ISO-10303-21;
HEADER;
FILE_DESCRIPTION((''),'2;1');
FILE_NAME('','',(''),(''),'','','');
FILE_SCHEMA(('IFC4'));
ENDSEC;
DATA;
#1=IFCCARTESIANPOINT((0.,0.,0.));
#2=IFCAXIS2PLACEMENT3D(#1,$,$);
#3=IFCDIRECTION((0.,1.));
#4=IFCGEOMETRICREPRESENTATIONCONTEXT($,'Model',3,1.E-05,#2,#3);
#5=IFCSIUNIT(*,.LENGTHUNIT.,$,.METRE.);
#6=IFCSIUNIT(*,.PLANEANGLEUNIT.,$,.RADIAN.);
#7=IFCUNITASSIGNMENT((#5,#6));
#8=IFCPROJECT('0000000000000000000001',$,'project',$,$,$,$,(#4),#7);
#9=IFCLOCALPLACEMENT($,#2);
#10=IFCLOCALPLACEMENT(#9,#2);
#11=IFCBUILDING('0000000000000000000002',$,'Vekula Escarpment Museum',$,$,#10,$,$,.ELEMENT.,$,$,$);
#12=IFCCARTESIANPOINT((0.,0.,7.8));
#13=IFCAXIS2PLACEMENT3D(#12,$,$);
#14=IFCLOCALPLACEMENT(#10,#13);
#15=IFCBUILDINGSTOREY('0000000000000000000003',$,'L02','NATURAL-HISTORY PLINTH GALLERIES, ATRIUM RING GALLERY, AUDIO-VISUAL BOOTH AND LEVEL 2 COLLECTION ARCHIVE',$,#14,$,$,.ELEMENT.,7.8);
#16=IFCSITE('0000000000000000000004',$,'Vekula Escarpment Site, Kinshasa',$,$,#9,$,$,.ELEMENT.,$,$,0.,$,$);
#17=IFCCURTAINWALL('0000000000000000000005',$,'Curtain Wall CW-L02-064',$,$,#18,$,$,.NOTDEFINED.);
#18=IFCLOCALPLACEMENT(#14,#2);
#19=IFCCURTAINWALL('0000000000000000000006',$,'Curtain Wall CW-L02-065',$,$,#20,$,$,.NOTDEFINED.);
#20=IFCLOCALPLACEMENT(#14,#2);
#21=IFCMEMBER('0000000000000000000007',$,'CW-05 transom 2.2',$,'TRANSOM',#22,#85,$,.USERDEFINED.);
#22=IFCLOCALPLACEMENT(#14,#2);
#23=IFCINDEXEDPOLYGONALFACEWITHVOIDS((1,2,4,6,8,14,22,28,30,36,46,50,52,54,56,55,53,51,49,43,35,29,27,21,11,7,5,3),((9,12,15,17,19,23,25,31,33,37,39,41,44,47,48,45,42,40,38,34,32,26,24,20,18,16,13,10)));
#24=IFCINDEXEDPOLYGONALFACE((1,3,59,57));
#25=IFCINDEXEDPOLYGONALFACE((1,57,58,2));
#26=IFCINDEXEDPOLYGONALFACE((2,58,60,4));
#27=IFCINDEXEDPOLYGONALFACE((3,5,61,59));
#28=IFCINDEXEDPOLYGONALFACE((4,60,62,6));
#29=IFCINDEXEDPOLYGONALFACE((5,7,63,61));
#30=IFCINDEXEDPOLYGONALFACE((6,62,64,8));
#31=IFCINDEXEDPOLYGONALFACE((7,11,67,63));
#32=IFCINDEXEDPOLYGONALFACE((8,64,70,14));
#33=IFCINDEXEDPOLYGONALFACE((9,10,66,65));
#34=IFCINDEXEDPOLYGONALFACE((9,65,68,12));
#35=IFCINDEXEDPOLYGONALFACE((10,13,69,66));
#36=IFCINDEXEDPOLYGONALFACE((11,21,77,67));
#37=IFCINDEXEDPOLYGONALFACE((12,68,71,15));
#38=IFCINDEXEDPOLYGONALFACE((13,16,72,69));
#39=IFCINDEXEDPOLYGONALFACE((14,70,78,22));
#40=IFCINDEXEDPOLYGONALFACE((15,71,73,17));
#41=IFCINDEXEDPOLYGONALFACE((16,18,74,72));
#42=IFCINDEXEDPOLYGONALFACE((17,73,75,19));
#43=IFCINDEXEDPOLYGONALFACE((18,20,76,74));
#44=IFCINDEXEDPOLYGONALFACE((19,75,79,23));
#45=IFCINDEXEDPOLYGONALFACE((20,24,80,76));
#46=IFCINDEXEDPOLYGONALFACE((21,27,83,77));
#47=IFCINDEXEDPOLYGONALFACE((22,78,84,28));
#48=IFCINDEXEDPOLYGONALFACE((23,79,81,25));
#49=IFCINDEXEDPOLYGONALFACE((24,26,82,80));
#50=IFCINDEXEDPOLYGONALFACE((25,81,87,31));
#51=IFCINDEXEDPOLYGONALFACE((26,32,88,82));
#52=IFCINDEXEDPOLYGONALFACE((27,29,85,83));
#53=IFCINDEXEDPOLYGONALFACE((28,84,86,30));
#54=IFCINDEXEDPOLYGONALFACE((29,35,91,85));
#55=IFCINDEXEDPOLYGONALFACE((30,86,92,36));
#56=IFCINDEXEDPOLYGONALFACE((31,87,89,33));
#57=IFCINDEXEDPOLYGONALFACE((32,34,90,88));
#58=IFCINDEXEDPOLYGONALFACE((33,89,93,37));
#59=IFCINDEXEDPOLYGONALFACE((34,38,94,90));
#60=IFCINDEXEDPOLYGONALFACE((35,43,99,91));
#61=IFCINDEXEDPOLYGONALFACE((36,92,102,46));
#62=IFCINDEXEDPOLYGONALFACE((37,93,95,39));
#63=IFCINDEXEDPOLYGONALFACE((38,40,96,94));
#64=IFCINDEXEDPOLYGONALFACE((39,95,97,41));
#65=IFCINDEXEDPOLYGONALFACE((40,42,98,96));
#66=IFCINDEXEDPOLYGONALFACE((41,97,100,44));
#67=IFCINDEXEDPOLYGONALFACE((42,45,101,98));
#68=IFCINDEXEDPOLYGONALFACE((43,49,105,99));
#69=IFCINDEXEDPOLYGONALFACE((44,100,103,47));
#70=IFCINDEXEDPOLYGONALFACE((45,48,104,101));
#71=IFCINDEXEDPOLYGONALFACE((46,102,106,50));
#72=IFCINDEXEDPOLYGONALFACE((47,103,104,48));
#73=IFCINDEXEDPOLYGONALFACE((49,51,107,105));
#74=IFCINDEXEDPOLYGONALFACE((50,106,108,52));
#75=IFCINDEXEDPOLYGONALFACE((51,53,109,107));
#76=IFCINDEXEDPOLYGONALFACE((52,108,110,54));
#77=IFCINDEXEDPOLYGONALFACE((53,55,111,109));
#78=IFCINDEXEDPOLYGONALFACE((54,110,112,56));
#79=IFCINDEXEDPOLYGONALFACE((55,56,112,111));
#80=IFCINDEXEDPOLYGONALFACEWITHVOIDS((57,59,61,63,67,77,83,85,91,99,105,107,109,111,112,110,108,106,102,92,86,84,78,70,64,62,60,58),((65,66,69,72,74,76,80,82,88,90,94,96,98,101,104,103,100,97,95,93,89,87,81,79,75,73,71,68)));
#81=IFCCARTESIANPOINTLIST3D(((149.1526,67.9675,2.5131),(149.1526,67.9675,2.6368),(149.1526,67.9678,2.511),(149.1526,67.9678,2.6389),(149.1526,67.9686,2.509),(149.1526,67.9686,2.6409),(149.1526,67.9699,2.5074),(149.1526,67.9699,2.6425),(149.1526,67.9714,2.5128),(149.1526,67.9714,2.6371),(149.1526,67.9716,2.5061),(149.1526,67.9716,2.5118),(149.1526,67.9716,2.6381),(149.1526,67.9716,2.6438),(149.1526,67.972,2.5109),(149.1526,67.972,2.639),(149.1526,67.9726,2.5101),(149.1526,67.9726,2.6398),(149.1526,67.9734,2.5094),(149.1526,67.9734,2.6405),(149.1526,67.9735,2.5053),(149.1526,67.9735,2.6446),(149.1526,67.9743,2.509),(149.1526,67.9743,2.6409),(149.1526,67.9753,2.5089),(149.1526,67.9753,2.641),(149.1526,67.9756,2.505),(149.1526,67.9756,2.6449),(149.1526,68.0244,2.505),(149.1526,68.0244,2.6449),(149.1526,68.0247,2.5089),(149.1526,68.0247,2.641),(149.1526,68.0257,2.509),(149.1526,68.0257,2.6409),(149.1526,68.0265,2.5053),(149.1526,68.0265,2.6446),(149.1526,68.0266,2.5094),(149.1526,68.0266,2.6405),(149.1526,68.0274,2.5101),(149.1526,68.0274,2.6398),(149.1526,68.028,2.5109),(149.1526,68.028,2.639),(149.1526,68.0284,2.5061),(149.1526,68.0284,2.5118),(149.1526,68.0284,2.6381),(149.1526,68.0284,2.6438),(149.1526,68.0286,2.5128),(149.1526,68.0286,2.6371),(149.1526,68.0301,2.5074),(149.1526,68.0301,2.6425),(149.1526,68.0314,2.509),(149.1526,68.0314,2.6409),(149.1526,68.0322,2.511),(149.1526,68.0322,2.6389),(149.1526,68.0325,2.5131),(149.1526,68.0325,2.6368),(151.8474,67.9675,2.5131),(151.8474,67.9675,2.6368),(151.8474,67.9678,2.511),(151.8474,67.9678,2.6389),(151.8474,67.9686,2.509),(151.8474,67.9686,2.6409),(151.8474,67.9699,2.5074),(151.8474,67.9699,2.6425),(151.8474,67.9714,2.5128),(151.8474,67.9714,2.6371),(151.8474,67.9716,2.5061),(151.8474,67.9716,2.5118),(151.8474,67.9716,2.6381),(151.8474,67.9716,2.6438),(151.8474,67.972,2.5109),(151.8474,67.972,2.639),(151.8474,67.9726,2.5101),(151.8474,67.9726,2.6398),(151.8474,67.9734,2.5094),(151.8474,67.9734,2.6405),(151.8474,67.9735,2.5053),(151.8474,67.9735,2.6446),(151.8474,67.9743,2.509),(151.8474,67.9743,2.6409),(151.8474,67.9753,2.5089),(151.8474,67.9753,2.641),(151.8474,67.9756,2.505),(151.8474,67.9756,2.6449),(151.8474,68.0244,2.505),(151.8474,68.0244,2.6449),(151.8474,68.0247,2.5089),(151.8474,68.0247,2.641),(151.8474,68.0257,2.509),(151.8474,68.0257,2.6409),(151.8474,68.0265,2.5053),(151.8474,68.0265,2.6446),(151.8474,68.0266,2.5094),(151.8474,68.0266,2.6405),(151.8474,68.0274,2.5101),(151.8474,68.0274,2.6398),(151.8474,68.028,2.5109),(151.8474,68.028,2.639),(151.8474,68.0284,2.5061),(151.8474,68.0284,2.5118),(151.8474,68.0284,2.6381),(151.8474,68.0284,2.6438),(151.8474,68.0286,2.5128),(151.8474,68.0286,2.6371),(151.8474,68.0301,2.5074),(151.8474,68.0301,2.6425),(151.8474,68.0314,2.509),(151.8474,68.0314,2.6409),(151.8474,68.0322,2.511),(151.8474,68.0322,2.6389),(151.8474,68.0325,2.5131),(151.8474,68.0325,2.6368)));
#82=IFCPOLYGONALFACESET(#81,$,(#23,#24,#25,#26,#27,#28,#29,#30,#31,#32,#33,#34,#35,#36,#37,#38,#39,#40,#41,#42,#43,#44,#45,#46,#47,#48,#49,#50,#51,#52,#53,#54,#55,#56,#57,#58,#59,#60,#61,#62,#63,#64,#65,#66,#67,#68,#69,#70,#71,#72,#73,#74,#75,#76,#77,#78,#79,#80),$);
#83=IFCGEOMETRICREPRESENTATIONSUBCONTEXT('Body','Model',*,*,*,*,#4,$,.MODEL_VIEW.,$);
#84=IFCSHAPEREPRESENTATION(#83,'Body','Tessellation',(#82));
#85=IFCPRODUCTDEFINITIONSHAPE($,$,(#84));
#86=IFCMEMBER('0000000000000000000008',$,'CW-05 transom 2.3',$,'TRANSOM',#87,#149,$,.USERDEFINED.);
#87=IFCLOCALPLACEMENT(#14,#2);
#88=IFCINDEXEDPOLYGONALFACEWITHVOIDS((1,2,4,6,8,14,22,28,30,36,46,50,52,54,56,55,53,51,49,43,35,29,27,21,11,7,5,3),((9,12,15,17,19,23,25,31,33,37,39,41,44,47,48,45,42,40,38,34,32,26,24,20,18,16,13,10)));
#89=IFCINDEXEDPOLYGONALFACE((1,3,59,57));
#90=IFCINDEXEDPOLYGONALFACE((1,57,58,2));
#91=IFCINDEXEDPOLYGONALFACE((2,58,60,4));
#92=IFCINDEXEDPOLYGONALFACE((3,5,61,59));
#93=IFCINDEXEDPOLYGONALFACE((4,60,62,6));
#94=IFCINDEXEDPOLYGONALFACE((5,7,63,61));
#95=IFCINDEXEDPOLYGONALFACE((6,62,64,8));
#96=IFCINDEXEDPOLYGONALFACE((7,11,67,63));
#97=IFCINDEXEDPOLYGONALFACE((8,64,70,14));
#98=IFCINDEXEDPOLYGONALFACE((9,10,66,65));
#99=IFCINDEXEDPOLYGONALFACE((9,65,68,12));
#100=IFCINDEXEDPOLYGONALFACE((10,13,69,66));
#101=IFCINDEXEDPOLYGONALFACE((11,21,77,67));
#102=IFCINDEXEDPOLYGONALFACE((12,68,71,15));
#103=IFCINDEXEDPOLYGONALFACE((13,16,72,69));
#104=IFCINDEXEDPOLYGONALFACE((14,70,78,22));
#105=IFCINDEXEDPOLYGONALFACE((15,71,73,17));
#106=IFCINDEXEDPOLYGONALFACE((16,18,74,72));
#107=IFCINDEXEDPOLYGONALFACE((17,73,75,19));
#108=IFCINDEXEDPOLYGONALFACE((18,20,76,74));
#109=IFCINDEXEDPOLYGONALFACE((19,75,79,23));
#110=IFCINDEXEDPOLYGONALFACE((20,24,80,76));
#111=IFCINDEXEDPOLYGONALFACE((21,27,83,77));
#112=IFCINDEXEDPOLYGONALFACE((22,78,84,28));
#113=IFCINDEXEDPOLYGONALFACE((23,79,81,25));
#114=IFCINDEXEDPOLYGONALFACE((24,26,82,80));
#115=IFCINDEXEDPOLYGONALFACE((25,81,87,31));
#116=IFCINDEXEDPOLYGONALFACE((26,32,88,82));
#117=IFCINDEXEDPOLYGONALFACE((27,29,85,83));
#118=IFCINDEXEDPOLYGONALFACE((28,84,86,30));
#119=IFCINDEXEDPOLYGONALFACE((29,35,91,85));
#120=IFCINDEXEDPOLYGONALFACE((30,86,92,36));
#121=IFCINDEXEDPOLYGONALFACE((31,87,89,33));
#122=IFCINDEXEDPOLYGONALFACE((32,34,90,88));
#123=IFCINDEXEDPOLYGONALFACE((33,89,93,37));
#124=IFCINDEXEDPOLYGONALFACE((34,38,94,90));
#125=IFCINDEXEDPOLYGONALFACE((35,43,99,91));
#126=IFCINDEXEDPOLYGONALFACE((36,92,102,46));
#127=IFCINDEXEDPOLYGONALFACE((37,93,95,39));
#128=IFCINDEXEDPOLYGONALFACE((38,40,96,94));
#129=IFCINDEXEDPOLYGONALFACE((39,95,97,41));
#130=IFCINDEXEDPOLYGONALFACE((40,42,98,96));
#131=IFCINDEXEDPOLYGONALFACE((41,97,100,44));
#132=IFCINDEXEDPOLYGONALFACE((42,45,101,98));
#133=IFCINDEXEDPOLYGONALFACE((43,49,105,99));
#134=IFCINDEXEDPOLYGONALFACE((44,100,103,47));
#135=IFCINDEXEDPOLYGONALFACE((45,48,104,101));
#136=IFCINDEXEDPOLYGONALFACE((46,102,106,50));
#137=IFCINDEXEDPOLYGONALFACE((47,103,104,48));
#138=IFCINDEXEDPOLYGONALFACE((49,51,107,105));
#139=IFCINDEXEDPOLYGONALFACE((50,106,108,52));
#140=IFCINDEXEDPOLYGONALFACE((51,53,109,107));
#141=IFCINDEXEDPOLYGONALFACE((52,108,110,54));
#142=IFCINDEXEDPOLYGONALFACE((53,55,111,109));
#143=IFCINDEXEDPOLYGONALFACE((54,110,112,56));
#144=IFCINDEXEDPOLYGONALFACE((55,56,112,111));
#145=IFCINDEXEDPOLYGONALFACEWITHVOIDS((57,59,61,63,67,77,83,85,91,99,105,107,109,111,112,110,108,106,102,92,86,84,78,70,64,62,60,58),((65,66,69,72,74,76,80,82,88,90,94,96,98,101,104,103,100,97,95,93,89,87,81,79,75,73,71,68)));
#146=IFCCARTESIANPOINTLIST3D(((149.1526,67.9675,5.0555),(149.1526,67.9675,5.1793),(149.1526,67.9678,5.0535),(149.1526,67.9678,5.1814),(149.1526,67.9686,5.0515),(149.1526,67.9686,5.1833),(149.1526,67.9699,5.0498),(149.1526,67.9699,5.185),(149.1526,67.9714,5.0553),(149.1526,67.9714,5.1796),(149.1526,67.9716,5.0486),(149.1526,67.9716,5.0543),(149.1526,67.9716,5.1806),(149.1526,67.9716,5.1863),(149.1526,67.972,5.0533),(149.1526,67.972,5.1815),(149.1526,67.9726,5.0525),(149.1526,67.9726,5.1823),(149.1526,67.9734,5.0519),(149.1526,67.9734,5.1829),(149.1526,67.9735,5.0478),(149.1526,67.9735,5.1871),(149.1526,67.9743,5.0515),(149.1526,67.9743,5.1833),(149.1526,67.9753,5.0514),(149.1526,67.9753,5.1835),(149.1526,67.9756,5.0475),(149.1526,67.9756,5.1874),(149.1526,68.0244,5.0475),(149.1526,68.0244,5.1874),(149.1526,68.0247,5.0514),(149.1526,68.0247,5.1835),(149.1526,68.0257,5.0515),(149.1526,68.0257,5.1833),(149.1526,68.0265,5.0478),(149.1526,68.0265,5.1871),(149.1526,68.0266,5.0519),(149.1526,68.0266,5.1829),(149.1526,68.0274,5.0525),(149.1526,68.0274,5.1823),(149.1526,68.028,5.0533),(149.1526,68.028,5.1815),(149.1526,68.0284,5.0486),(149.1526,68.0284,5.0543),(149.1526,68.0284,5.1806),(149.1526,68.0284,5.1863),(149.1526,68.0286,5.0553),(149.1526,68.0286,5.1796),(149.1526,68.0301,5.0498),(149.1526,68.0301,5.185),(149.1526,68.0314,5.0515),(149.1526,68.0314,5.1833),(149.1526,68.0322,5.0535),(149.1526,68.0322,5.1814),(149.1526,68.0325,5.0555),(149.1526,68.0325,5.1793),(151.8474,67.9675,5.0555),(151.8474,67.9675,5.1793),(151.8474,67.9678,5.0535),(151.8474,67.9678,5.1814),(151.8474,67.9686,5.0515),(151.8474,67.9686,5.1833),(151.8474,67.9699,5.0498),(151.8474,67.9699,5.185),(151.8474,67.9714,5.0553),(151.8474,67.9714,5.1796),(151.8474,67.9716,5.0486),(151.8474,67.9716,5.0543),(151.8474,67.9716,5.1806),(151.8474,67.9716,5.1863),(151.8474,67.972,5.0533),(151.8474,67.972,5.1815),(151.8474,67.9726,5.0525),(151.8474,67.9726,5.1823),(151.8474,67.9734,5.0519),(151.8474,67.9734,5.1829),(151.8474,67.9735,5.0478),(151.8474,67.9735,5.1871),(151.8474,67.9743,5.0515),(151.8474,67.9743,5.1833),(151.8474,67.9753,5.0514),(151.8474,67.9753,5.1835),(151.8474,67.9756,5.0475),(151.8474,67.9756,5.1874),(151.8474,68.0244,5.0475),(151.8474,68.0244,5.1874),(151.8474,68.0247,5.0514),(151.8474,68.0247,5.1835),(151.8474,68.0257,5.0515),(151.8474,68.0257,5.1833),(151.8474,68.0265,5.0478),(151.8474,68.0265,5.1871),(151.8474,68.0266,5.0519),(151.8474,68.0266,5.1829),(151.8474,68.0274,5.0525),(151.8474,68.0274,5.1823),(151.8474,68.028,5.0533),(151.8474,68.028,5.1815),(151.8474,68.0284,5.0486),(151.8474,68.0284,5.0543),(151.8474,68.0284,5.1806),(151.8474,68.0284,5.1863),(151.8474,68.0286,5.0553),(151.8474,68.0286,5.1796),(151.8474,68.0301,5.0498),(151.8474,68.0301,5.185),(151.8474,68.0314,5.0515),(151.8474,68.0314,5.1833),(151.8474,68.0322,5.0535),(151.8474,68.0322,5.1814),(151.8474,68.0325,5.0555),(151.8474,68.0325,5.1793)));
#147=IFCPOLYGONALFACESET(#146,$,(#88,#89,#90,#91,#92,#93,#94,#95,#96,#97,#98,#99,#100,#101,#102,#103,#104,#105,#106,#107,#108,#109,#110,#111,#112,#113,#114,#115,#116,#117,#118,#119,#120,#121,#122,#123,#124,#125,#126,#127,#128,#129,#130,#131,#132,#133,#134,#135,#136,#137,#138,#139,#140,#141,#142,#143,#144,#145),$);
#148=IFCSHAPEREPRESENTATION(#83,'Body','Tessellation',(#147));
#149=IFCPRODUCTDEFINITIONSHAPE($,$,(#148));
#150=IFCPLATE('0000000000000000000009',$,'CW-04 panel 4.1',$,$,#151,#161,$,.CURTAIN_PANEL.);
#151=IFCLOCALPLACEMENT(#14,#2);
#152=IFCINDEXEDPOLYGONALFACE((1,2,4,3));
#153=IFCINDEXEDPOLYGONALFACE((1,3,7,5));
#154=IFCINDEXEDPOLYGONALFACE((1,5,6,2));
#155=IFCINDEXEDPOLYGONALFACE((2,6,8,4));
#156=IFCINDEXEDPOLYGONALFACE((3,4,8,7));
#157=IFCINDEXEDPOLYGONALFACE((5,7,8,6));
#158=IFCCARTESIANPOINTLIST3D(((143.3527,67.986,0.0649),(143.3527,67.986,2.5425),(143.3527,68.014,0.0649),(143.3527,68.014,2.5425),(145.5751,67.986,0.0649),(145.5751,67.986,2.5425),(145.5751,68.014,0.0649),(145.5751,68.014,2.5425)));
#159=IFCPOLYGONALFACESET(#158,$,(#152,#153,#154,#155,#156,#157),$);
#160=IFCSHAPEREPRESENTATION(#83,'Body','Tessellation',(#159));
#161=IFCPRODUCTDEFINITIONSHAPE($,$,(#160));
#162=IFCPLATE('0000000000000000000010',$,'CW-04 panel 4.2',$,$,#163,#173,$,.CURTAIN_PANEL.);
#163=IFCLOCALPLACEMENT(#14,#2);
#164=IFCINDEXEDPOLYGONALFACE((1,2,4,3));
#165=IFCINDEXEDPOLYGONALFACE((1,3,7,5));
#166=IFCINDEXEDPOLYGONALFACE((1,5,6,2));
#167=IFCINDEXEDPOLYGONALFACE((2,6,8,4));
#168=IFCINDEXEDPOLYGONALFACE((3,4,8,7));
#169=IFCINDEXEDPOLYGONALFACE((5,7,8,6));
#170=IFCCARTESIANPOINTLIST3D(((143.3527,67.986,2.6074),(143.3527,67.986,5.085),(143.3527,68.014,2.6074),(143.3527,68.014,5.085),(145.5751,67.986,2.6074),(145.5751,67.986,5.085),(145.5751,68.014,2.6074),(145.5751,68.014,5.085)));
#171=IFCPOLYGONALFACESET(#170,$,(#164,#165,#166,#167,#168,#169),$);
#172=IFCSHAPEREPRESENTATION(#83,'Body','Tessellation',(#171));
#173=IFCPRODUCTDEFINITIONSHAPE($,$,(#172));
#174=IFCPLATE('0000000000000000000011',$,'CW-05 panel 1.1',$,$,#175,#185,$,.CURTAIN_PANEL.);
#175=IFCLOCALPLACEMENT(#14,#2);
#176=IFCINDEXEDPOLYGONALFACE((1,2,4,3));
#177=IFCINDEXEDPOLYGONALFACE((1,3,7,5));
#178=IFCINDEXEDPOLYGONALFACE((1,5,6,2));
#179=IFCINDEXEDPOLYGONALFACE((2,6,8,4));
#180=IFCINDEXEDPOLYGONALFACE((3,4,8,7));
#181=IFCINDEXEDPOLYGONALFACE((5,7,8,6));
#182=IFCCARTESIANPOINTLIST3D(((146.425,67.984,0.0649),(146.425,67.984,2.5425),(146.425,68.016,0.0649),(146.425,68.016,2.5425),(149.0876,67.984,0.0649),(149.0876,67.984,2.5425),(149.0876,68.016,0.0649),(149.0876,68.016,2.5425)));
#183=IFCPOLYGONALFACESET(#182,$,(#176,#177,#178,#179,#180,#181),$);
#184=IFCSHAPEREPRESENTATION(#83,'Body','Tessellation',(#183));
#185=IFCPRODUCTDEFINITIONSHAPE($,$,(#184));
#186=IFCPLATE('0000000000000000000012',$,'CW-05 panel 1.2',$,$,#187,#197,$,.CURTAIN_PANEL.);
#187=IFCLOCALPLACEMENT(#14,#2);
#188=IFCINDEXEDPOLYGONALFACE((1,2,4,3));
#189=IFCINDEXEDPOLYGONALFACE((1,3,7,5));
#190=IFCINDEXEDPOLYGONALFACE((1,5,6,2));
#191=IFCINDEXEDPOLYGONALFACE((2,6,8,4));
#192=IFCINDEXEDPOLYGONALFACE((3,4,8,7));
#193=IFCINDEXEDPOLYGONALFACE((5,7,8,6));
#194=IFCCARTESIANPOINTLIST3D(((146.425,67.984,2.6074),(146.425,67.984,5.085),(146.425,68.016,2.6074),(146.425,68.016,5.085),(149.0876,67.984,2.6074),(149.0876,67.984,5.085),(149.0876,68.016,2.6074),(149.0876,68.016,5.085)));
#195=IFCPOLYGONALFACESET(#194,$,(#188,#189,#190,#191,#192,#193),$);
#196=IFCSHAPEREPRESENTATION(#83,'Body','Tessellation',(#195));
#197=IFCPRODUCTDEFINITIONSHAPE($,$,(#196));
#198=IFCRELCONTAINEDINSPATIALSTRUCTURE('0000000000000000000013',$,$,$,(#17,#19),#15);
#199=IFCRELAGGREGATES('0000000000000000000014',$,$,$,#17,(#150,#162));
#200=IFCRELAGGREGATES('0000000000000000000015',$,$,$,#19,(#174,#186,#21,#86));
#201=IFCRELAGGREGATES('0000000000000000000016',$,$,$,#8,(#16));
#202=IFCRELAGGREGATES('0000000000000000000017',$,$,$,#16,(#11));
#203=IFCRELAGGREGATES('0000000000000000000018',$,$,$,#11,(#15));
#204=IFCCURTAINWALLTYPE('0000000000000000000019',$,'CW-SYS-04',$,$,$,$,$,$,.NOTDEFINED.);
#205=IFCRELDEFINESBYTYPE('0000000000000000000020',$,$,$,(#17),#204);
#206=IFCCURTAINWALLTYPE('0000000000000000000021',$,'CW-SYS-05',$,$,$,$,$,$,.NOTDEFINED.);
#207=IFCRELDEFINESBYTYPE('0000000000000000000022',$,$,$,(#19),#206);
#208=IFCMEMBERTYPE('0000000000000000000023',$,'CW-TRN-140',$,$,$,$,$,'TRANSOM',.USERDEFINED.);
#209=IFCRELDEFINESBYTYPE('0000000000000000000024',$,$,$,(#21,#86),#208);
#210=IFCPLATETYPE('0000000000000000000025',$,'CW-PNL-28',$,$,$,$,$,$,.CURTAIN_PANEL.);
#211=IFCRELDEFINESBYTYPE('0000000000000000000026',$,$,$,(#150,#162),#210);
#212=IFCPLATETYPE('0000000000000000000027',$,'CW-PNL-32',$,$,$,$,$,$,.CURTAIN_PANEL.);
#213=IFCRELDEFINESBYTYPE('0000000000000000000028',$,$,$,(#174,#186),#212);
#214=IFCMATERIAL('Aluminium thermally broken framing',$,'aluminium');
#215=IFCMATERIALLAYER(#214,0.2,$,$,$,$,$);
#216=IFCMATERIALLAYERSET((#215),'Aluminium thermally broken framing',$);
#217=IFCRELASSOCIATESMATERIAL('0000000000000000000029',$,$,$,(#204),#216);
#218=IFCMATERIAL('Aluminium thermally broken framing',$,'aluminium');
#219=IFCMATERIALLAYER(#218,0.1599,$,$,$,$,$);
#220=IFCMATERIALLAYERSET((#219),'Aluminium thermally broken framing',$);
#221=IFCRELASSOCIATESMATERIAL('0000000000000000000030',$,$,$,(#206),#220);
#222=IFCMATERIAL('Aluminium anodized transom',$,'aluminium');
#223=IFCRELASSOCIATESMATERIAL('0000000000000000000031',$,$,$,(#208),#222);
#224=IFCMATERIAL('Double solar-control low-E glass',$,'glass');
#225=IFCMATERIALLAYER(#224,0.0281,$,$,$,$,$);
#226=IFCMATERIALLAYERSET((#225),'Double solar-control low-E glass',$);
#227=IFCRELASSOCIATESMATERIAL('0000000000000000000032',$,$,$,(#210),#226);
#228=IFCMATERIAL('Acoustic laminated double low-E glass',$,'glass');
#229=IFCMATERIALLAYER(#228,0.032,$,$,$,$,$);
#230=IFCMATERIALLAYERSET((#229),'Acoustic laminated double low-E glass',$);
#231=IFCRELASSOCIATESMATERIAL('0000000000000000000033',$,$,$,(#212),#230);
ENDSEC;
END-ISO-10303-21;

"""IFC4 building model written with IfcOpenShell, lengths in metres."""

from ifc_helpers import new_model, si_unit, direction, frame, origin, origin_2d, place, context, subcontext, project, spatial, rectangle, hollow_rectangle, extrude, material, layer, layer_set, material_profile, profile_set, type_object, element, aggregate, save


model = new_model("IFC4")

# Units and contexts
model_context = context("Model", 3, precision=1e-05, world=origin(), true_north=direction((0.0, 1.0)))
body_context = subcontext(model_context, "Body", "Model", "MODEL_VIEW")
ifc_project = project(units=[si_unit("LENGTHUNIT", "METRE"), si_unit("PLANEANGLEUNIT", "RADIAN")], contexts=[model_context])

# Site, building, storey
site_placement = place(None, origin())
site = spatial("IfcSite", under=ifc_project, at=site_placement, Name="Vekula Escarpment Site, Kinshasa", CompositionType="ELEMENT", RefElevation=0.0)
building_placement = place(site_placement, origin())
building = spatial("IfcBuilding", under=site, at=building_placement, Name="Vekula Escarpment Museum", CompositionType="ELEMENT")
storey_placement = place(building_placement, frame((0.0, 0.0, 7.8)))
storey = spatial("IfcBuildingStorey", under=building, at=storey_placement, Name="L02", Description="NATURAL-HISTORY PLINTH GALLERIES, ATRIUM RING GALLERY, AUDIO-VISUAL BOOTH AND LEVEL 2 COLLECTION ARCHIVE", CompositionType="ELEMENT", Elevation=7.8)

# Curtain wall
ifc_material_1 = material(Name="Aluminium thermally broken framing", Category="aluminium")
ifc_layer_1 = layer(ifc_material_1, 0.2)
ifc_layer_set_1 = layer_set([ifc_layer_1], Name="Aluminium thermally broken framing")
curtain_wall_type_1 = type_object("IfcCurtainWallType", Name="CW-SYS-04", PredefinedType="NOTDEFINED", material=ifc_layer_set_1)
curtain_wall_1_placement = place(storey_placement, origin())
curtain_wall_1 = element("IfcCurtainWall", 1, at=curtain_wall_1_placement, inside=storey, type_object=curtain_wall_type_1, Name="Curtain Wall CW-L02-064", PredefinedType="NOTDEFINED")

# Curtain wall
ifc_material_2 = material(Name="Aluminium thermally broken framing", Category="aluminium")
ifc_layer_2 = layer(ifc_material_2, 0.1599)
ifc_layer_set_2 = layer_set([ifc_layer_2], Name="Aluminium thermally broken framing")
curtain_wall_type_2 = type_object("IfcCurtainWallType", Name="CW-SYS-05", PredefinedType="NOTDEFINED", material=ifc_layer_set_2)
curtain_wall_2_placement = place(storey_placement, origin())
curtain_wall_2 = element("IfcCurtainWall", 2, at=curtain_wall_2_placement, inside=storey, type_object=curtain_wall_type_2, Name="Curtain Wall CW-L02-065", PredefinedType="NOTDEFINED")

# Members
ifc_material_3 = material(Name="Aluminium anodized transom", Category="aluminium")
ifc_material_profile_1 = material_profile(ifc_material_3, hollow_rectangle(XDim=0.0649, YDim=0.1399, WallThickness=0.0039, InnerFilletRadius=0.0039, OuterFilletRadius=0.0081, at=origin_2d()), Name="ALU 140x65x4")
ifc_profile_set_1 = profile_set([ifc_material_profile_1], Name="Aluminium anodized transom")
member_type_1 = type_object("IfcMemberType", Name="CW-TRN-140", ElementType="TRANSOM", PredefinedType="USERDEFINED", material=ifc_profile_set_1)
member_1_placement = place(storey_placement, frame((149.1526, 68.0, 2.575), z_axis=(1.0, 0.0, 0.0), x_axis=(0.0, 1.0, 0.0)))
member_1 = element("IfcMember", 3, at=member_1_placement, type_object=member_type_1, Name="CW-05 transom 2.2", ObjectType="TRANSOM", PredefinedType="USERDEFINED", context=body_context, shape_type="SweptSolid", body=[
    extrude(hollow_rectangle(XDim=0.0649, YDim=0.1399, WallThickness=0.0039, InnerFilletRadius=0.0039, OuterFilletRadius=0.0081, at=origin_2d()), origin(), (0.0, 0.0, 1.0), 2.6948),
])
member_2_placement = place(storey_placement, frame((149.1526, 68.0, 5.1174), z_axis=(1.0, 0.0, 0.0), x_axis=(0.0, 1.0, 0.0)))
member_2 = element("IfcMember", 4, at=member_2_placement, type_object=member_type_1, Name="CW-05 transom 2.3", ObjectType="TRANSOM", PredefinedType="USERDEFINED", context=body_context, shape_type="SweptSolid", body=[
    extrude(hollow_rectangle(XDim=0.0649, YDim=0.1399, WallThickness=0.0039, InnerFilletRadius=0.0039, OuterFilletRadius=0.0081, at=origin_2d()), origin(), (0.0, 0.0, 1.0), 2.6948),
])

# Plates
ifc_material_4 = material(Name="Double solar-control low-E glass", Category="glass")
ifc_layer_3 = layer(ifc_material_4, 0.0281)
ifc_layer_set_3 = layer_set([ifc_layer_3], Name="Double solar-control low-E glass")
plate_type_1 = type_object("IfcPlateType", Name="CW-PNL-28", PredefinedType="CURTAIN_PANEL", material=ifc_layer_set_3)
plate_1_placement = place(storey_placement, frame((144.4639, 68.0, 0.0649), z_axis=(0.0, 0.0, 1.0), x_axis=(1.0, 0.0, 0.0)))
plate_1 = element("IfcPlate", 5, at=plate_1_placement, type_object=plate_type_1, Name="CW-04 panel 4.1", PredefinedType="CURTAIN_PANEL", context=body_context, shape_type="SweptSolid", body=[
    extrude(rectangle(XDim=2.2224, YDim=0.0281, at=origin_2d()), origin(), (0.0, 0.0, 1.0), 2.4775),
])
plate_2_placement = place(storey_placement, frame((144.4639, 68.0, 2.6074), z_axis=(0.0, 0.0, 1.0), x_axis=(1.0, 0.0, 0.0)))
plate_2 = element("IfcPlate", 6, at=plate_2_placement, type_object=plate_type_1, Name="CW-04 panel 4.2", PredefinedType="CURTAIN_PANEL", context=body_context, shape_type="SweptSolid", body=[
    extrude(rectangle(XDim=2.2224, YDim=0.0281, at=origin_2d()), origin(), (0.0, 0.0, 1.0), 2.4775),
])
aggregate(curtain_wall_1, [plate_1, plate_2])
ifc_material_5 = material(Name="Acoustic laminated double low-E glass", Category="glass")
ifc_layer_4 = layer(ifc_material_5, 0.032)
ifc_layer_set_4 = layer_set([ifc_layer_4], Name="Acoustic laminated double low-E glass")
plate_type_2 = type_object("IfcPlateType", Name="CW-PNL-32", PredefinedType="CURTAIN_PANEL", material=ifc_layer_set_4)
plate_3_placement = place(storey_placement, frame((147.7563, 68.0, 0.0649), z_axis=(0.0, 0.0, 1.0), x_axis=(1.0, 0.0, 0.0)))
plate_3 = element("IfcPlate", 7, at=plate_3_placement, type_object=plate_type_2, Name="CW-05 panel 1.1", PredefinedType="CURTAIN_PANEL", context=body_context, shape_type="SweptSolid", body=[
    extrude(rectangle(XDim=2.6626, YDim=0.032, at=origin_2d()), origin(), (0.0, 0.0, 1.0), 2.4775),
])
plate_4_placement = place(storey_placement, frame((147.7563, 68.0, 2.6074), z_axis=(0.0, 0.0, 1.0), x_axis=(1.0, 0.0, 0.0)))
plate_4 = element("IfcPlate", 8, at=plate_4_placement, type_object=plate_type_2, Name="CW-05 panel 1.2", PredefinedType="CURTAIN_PANEL", context=body_context, shape_type="SweptSolid", body=[
    extrude(rectangle(XDim=2.6626, YDim=0.032, at=origin_2d()), origin(), (0.0, 0.0, 1.0), 2.4775),
])
aggregate(curtain_wall_2, [plate_3, plate_4, member_1, member_2])

save(model, "model.ifc")
